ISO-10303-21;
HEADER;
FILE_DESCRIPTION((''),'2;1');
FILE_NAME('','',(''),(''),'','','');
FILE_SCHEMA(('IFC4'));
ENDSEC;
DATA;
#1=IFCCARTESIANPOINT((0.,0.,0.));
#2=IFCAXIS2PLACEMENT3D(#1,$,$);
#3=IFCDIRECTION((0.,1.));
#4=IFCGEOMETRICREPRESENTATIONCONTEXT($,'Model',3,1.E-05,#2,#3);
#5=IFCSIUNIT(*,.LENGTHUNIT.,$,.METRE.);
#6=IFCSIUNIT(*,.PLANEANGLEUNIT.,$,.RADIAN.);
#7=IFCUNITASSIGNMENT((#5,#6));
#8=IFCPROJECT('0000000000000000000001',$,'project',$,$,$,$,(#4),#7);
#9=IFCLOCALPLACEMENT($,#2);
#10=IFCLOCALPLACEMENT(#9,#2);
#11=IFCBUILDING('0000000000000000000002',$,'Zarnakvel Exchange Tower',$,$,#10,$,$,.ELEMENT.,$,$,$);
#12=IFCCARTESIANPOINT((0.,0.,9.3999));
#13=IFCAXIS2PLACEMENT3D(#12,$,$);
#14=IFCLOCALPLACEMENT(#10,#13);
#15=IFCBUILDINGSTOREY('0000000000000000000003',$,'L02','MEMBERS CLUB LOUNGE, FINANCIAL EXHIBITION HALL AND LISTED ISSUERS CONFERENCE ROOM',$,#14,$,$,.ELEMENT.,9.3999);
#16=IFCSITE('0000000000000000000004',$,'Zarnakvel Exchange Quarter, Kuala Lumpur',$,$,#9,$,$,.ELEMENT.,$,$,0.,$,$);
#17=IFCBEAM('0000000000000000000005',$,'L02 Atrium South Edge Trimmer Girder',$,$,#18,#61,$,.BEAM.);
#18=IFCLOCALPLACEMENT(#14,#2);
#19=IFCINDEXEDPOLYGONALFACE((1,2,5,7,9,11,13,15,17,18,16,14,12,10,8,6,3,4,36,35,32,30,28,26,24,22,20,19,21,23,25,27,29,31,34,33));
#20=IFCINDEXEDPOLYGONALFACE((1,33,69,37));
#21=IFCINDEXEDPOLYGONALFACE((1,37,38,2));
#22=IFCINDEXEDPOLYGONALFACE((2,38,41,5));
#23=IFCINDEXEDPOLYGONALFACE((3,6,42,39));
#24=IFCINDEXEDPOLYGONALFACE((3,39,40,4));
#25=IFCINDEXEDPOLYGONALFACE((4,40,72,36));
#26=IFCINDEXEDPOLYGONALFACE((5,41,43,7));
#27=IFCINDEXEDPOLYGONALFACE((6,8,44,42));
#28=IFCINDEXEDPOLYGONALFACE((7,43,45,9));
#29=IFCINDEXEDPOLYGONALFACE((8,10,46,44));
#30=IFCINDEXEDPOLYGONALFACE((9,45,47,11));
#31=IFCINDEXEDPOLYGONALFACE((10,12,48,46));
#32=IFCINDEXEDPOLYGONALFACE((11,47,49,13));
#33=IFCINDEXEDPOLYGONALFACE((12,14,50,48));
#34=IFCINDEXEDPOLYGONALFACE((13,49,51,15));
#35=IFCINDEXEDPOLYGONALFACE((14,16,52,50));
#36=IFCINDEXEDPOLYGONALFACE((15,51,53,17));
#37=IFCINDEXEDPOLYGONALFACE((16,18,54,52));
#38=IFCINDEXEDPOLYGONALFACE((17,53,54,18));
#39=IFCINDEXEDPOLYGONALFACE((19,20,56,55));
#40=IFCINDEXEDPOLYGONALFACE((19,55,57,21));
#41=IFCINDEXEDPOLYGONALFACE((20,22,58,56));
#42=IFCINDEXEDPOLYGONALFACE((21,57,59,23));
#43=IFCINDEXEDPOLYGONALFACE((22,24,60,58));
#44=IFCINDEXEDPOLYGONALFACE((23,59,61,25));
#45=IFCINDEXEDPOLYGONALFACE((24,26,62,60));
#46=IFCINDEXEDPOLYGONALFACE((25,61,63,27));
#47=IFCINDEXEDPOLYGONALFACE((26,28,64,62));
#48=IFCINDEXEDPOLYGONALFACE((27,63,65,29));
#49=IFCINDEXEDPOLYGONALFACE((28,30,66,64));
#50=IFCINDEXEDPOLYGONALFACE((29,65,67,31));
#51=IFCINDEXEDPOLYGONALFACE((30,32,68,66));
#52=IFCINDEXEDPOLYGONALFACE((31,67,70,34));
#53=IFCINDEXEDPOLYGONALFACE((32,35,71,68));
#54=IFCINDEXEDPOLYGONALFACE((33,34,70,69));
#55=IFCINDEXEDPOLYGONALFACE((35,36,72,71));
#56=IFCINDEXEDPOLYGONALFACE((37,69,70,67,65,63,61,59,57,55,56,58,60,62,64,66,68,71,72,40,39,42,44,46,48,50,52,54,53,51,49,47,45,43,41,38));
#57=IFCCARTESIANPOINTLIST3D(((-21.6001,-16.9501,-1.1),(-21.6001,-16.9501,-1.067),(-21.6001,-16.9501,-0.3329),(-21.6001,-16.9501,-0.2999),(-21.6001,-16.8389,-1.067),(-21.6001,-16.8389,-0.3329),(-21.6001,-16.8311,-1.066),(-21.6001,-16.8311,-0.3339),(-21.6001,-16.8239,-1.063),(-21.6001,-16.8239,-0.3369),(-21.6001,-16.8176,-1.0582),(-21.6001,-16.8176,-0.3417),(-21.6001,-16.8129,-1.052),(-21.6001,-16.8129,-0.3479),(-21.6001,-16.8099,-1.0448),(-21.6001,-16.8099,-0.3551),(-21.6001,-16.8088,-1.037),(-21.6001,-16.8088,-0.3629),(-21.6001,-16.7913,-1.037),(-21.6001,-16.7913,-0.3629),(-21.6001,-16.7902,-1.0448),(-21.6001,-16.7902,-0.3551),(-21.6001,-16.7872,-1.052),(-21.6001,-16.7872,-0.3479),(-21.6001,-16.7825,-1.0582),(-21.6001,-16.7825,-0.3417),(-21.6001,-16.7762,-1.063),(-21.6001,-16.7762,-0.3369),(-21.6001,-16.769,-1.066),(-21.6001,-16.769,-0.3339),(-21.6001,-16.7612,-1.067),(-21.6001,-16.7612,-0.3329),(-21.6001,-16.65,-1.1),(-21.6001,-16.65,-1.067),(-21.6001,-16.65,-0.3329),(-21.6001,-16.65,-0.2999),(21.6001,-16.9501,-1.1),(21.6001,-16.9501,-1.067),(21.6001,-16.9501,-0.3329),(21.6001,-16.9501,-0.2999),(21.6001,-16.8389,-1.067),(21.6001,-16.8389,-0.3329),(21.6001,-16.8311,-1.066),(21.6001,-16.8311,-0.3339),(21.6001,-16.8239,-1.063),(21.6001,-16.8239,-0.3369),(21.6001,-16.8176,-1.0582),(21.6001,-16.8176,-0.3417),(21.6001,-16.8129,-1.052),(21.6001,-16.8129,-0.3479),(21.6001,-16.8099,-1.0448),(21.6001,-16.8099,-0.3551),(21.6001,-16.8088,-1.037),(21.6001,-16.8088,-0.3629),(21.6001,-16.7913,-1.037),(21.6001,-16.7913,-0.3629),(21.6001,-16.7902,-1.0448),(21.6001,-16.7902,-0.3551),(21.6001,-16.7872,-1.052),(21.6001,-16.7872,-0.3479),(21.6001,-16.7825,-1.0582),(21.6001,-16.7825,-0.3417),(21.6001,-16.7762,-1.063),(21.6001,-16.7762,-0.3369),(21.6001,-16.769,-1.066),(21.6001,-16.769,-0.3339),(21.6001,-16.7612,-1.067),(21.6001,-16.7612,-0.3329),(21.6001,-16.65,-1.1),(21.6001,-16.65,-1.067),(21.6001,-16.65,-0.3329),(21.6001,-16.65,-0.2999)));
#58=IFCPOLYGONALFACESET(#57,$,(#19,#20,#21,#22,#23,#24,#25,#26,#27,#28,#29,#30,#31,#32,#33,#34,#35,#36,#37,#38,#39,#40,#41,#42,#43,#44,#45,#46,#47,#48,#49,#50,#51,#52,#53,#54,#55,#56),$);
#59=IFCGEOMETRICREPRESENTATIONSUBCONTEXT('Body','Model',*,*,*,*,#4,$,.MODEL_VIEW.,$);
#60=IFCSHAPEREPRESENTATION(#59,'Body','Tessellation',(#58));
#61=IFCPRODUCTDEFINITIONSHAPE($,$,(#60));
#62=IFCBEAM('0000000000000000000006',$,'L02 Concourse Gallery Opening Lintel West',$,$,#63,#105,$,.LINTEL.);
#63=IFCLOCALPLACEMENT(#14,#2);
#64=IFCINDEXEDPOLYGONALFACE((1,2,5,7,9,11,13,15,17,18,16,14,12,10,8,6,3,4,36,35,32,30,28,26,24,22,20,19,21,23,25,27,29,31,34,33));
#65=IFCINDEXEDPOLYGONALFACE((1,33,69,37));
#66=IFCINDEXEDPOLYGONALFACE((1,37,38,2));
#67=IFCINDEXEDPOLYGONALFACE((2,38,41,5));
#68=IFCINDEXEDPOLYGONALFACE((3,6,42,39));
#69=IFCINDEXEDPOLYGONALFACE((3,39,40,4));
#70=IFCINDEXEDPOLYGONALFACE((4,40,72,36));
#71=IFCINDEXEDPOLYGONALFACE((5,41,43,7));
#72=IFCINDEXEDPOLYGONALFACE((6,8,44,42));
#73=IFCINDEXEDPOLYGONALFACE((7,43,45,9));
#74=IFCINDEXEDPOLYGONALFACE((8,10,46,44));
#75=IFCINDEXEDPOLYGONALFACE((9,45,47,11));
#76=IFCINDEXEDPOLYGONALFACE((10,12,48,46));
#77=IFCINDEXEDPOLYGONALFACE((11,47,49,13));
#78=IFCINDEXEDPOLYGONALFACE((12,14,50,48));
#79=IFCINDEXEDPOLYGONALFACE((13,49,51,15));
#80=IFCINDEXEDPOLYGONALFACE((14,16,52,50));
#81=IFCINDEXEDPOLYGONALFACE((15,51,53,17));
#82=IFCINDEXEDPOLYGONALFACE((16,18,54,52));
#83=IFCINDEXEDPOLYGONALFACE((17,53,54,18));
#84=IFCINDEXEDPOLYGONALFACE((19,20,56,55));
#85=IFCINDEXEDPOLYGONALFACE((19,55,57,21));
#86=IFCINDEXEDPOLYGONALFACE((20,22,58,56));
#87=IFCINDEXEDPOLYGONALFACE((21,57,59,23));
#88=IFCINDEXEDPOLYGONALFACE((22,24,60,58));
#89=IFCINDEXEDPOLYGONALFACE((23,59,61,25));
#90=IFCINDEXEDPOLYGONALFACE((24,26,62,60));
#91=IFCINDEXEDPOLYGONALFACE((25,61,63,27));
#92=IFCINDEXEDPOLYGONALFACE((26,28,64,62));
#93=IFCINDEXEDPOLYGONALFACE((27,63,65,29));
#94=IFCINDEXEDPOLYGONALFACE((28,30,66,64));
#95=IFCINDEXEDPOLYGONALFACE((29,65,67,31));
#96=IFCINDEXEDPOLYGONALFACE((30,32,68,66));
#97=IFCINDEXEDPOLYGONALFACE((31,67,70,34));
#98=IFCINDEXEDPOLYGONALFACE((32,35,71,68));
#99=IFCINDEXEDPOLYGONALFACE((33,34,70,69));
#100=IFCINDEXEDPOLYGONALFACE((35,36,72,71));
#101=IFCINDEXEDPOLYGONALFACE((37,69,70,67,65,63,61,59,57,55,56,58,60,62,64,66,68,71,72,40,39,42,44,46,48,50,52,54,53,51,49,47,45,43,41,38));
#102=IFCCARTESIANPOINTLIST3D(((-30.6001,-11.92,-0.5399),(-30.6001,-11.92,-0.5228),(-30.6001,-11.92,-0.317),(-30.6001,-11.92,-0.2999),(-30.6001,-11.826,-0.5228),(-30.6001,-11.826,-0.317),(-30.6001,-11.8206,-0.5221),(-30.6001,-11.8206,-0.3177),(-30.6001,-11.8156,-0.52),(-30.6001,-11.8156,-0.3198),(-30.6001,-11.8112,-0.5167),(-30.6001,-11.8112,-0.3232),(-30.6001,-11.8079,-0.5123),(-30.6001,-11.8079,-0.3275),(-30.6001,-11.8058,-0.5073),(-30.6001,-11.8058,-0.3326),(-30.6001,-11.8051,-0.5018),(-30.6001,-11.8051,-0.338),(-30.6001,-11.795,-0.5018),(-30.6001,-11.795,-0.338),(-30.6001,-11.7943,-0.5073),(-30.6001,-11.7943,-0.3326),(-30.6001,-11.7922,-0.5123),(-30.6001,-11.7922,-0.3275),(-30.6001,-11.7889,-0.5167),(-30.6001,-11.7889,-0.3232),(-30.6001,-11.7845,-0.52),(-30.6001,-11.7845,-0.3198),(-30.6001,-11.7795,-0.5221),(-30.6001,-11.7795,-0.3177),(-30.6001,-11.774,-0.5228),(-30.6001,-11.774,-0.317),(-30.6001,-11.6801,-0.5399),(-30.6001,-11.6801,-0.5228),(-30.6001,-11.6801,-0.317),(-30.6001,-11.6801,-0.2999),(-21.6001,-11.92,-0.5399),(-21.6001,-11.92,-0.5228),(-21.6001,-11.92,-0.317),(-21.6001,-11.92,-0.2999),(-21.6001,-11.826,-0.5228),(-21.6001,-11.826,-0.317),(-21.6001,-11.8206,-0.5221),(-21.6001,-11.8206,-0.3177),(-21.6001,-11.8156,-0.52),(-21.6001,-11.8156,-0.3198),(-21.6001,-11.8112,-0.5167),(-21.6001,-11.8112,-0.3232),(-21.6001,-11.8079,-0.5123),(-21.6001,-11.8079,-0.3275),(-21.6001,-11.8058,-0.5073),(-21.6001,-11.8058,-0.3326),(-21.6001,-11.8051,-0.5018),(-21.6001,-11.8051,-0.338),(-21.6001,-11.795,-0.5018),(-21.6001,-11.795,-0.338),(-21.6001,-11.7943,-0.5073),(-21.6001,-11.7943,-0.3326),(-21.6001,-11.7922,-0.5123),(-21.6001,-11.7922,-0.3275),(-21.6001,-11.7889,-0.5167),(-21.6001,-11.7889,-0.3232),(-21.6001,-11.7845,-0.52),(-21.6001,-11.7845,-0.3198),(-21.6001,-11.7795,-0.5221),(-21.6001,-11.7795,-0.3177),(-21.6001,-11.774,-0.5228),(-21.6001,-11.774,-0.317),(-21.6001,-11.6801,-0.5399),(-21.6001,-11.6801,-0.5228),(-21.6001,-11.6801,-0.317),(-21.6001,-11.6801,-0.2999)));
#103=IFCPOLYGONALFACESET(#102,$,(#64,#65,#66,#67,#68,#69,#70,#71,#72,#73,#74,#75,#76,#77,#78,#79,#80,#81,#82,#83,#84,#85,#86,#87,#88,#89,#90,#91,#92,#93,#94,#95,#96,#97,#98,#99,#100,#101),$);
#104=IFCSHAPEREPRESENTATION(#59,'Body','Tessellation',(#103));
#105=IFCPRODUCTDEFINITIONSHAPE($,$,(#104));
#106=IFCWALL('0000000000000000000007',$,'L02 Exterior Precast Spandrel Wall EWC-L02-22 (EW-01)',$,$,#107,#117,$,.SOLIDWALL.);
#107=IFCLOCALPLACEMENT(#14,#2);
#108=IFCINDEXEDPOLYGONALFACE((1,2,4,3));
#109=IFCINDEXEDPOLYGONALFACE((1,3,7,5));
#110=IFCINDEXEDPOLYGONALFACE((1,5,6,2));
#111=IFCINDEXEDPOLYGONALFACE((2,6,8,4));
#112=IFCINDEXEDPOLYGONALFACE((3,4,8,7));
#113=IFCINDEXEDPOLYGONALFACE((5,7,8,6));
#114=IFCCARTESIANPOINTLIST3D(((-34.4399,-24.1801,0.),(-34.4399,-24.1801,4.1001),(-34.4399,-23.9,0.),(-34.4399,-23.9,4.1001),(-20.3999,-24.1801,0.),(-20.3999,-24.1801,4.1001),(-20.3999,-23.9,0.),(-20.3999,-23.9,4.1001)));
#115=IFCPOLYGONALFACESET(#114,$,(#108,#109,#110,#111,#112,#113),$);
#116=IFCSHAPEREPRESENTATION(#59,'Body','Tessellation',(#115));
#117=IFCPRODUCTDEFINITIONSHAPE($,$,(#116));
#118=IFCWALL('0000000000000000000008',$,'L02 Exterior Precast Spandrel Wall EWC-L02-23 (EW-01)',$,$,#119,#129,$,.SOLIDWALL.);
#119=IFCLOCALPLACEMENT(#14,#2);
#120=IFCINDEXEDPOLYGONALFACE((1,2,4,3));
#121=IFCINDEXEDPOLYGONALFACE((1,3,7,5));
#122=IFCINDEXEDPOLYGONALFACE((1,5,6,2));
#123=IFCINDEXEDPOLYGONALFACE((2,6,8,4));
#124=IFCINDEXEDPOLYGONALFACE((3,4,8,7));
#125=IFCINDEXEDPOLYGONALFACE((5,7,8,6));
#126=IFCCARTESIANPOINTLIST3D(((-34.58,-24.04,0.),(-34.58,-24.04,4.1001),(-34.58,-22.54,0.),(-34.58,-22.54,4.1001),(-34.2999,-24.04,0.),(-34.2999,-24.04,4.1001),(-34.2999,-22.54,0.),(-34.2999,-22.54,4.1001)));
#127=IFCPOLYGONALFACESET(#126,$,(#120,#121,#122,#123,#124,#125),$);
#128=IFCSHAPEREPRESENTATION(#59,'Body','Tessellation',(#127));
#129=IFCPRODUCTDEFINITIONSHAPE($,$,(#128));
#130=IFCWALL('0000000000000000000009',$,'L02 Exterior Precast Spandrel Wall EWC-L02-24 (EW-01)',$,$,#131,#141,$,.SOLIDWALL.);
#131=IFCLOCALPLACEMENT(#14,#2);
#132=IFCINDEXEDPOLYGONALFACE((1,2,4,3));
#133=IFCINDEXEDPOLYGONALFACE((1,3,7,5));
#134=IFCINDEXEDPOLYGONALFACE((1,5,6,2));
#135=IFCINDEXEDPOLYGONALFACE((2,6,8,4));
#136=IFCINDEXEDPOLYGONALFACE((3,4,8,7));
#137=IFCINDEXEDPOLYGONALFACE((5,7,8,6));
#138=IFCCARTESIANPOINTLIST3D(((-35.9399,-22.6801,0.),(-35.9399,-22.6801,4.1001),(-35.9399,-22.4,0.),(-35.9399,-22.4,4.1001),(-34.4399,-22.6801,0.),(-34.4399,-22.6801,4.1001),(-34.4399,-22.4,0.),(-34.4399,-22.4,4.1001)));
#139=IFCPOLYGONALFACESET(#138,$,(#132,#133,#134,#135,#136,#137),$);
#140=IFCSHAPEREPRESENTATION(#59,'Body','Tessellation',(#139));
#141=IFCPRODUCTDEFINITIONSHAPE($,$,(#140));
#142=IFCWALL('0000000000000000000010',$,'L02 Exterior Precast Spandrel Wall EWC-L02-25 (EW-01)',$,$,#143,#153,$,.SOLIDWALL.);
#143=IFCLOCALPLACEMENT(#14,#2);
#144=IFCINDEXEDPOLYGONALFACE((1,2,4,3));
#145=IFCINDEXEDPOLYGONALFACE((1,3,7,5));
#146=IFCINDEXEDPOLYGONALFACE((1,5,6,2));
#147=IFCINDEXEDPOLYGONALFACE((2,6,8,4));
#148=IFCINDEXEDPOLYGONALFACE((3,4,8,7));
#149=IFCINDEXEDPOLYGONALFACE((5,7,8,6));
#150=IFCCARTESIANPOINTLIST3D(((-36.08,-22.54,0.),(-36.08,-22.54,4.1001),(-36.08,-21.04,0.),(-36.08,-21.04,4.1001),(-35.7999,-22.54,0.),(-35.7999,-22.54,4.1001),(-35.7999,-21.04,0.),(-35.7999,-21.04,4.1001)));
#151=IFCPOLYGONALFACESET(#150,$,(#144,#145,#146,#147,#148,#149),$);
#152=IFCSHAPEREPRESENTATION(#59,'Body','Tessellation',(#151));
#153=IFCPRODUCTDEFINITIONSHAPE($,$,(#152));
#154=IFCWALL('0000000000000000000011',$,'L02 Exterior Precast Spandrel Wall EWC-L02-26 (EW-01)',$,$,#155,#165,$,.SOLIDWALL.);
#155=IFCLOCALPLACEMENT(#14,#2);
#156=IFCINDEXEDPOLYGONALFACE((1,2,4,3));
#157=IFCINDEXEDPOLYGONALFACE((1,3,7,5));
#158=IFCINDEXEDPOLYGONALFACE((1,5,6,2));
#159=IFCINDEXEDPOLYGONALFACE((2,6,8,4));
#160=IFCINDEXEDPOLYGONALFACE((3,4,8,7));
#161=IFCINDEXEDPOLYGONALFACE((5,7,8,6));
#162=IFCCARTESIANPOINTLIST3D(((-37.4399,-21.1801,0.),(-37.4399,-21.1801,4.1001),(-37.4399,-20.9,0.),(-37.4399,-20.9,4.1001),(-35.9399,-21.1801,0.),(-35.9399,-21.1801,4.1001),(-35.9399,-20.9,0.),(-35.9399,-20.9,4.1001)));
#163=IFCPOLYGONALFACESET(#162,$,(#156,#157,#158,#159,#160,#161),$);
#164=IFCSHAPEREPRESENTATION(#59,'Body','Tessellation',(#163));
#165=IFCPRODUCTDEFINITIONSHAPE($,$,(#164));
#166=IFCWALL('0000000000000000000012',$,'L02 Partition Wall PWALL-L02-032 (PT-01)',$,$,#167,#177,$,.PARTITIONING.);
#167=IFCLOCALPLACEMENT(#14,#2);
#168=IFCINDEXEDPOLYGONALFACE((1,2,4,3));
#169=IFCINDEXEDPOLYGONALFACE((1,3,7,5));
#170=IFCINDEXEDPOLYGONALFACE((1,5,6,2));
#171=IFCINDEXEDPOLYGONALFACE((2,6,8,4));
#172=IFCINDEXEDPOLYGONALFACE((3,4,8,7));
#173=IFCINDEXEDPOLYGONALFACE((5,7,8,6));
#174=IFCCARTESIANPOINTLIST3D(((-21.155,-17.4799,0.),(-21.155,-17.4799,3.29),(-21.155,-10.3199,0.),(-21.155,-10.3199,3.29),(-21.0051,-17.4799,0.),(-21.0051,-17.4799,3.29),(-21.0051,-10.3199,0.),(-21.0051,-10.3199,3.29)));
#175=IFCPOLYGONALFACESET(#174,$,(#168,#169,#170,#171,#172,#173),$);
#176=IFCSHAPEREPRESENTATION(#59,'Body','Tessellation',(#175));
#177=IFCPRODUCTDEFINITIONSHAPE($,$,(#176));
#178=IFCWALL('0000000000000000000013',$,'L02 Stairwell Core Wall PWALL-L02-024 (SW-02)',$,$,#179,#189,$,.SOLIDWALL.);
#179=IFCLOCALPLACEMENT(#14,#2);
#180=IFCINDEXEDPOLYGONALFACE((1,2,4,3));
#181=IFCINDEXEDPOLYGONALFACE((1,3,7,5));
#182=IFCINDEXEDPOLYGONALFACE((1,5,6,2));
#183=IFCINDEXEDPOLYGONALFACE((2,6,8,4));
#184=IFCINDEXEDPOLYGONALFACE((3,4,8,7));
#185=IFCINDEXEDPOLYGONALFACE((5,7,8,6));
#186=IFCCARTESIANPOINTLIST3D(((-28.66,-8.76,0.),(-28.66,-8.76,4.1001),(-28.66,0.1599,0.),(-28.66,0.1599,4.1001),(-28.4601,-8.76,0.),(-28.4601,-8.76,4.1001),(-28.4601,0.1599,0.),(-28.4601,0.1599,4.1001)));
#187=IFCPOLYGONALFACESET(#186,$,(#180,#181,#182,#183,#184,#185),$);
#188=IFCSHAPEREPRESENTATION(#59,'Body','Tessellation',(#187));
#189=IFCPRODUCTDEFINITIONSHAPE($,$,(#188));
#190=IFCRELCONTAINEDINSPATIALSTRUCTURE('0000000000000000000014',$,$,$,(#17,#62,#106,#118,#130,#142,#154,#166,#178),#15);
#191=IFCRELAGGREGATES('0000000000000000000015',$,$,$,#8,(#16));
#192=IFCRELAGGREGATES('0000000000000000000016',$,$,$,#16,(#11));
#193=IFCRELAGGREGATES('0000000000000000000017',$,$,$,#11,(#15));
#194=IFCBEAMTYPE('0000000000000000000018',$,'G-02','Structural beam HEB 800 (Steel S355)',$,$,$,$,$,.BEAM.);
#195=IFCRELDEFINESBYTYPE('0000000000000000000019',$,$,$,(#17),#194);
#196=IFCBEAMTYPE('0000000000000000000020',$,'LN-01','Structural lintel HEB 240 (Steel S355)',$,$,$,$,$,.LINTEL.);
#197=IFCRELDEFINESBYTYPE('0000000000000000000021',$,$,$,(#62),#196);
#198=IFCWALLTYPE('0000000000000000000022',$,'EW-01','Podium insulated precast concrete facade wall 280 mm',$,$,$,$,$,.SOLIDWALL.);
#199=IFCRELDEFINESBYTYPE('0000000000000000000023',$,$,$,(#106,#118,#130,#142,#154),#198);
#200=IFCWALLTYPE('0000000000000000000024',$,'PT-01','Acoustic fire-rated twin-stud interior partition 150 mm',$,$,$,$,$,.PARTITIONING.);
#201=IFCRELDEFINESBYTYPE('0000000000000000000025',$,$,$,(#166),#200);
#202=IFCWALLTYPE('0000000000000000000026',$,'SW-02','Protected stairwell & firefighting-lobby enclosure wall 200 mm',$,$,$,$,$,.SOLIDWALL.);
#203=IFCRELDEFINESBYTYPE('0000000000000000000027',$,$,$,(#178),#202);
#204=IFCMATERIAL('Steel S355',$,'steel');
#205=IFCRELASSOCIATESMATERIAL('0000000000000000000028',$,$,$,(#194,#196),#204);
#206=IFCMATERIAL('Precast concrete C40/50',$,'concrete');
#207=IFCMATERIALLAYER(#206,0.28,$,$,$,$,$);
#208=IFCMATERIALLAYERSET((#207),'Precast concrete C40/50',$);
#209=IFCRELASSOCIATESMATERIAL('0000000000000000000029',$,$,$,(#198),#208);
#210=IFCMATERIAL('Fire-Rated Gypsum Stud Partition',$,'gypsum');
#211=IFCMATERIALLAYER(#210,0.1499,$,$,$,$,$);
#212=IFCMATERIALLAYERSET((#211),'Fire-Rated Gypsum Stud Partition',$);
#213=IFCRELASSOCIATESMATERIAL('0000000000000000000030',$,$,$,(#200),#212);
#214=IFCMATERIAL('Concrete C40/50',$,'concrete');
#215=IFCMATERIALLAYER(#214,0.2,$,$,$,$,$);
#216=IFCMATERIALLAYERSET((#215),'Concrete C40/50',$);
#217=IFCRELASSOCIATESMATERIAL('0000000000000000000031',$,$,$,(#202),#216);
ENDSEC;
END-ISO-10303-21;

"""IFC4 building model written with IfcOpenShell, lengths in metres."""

from ifc_helpers import new_model, si_unit, direction, frame, frame_2d, origin, origin_2d, place, context, subcontext, project, spatial, rectangle, i_section, extrude, material, layer, layer_set, material_profile, profile_set, type_object, element, save


model = new_model("IFC4")

# Units and contexts
model_context = context("Model", 3, precision=1e-05, world=origin(), true_north=direction((0.0, 1.0)))
body_context = subcontext(model_context, "Body", "Model", "MODEL_VIEW")
ifc_project = project(units=[si_unit("LENGTHUNIT", "METRE"), si_unit("PLANEANGLEUNIT", "RADIAN")], contexts=[model_context])

# Site, building, storey
site_placement = place(None, origin())
site = spatial("IfcSite", under=ifc_project, at=site_placement, Name="Zarnakvel Exchange Quarter, Kuala Lumpur", CompositionType="ELEMENT", RefElevation=0.0)
building_placement = place(site_placement, origin())
building = spatial("IfcBuilding", under=site, at=building_placement, Name="Zarnakvel Exchange Tower", CompositionType="ELEMENT")
storey_placement = place(building_placement, frame((0.0, 0.0, 9.3999)))
storey = spatial("IfcBuildingStorey", under=building, at=storey_placement, Name="L02", Description="MEMBERS CLUB LOUNGE, FINANCIAL EXHIBITION HALL AND LISTED ISSUERS CONFERENCE ROOM", CompositionType="ELEMENT", Elevation=9.3999)

# Beams
ifc_material_1 = material(Name="Steel S355", Category="steel")
ifc_material_profile_1 = material_profile(ifc_material_1, i_section(OverallWidth=0.3, OverallDepth=0.8, WebThickness=0.0176, FlangeThickness=0.033, FilletRadius=0.03, at=origin_2d()))
ifc_profile_set_1 = profile_set([ifc_material_profile_1], Name="Steel S355")
beam_type_1 = type_object("IfcBeamType", Name="G-02", Description="Structural beam HEB 800 (Steel S355)", PredefinedType="BEAM", material=ifc_profile_set_1)
beam_1_placement = place(storey_placement, frame((-21.6001, -16.8, -0.7), z_axis=(1.0, 0.0, 0.0), x_axis=(0.0, 1.0, 0.0)))
element("IfcBeam", 1, at=beam_1_placement, inside=storey, type_object=beam_type_1, Name="L02 Atrium South Edge Trimmer Girder", PredefinedType="BEAM", context=body_context, shape_type="SweptSolid", body=[
    extrude(i_section(OverallWidth=0.3, OverallDepth=0.8, WebThickness=0.0176, FlangeThickness=0.033, FilletRadius=0.03, at=origin_2d()), origin(), (0.0, 0.0, 1.0), 43.2002),
])
ifc_material_profile_2 = material_profile(ifc_material_1, i_section(OverallWidth=0.24, OverallDepth=0.24, WebThickness=0.01, FlangeThickness=0.0171, FilletRadius=0.021, at=origin_2d()))
ifc_profile_set_2 = profile_set([ifc_material_profile_2], Name="Steel S355")
beam_type_2 = type_object("IfcBeamType", Name="LN-01", Description="Structural lintel HEB 240 (Steel S355)", PredefinedType="LINTEL", material=ifc_profile_set_2)
beam_2_placement = place(storey_placement, frame((-30.6001, -11.8, -0.4199), z_axis=(1.0, 0.0, 0.0), x_axis=(0.0, 1.0, 0.0)))
element("IfcBeam", 2, at=beam_2_placement, inside=storey, type_object=beam_type_2, Name="L02 Concourse Gallery Opening Lintel West", PredefinedType="LINTEL", context=body_context, shape_type="SweptSolid", body=[
    extrude(i_section(OverallWidth=0.24, OverallDepth=0.24, WebThickness=0.01, FlangeThickness=0.0171, FilletRadius=0.021, at=origin_2d()), origin(), (0.0, 0.0, 1.0), 9.0),
])

# Walls
ifc_material_2 = material(Name="Precast concrete C40/50", Category="concrete")
ifc_layer_1 = layer(ifc_material_2, 0.28)
ifc_layer_set_1 = layer_set([ifc_layer_1], Name="Precast concrete C40/50")
wall_type_1 = type_object("IfcWallType", Name="EW-01", Description="Podium insulated precast concrete facade wall 280 mm", PredefinedType="SOLIDWALL", material=ifc_layer_set_1)
wall_1_placement = place(storey_placement, frame((-34.4399, -24.04, 0.0), z_axis=(0.0, 0.0, 1.0), x_axis=(1.0, 0.0, 0.0)))
element("IfcWall", 3, at=wall_1_placement, inside=storey, type_object=wall_type_1, Name="L02 Exterior Precast Spandrel Wall EWC-L02-22 (EW-01)", PredefinedType="SOLIDWALL", context=body_context, shape_type="SweptSolid", body=[
    extrude(rectangle(XDim=14.04, YDim=0.28, at=frame_2d((7.02, 0.0))), origin(), (0.0, 0.0, 1.0), 4.1001),
])
for number, where, z_axis, x_axis, name in (
    (4, (-34.4399, -22.54, 0.0), (0.0, 0.0, 1.0), (0.0, -1.0, 0.0), "L02 Exterior Precast Spandrel Wall EWC-L02-23 (EW-01)"),
    (5, (-35.9399, -22.54, 0.0), (0.0, 0.0, 1.0), (1.0, 0.0, 0.0), "L02 Exterior Precast Spandrel Wall EWC-L02-24 (EW-01)"),
    (6, (-35.9399, -21.04, 0.0), (0.0, 0.0, 1.0), (0.0, -1.0, 0.0), "L02 Exterior Precast Spandrel Wall EWC-L02-25 (EW-01)"),
    (7, (-37.4399, -21.04, 0.0), (0.0, 0.0, 1.0), (1.0, 0.0, 0.0), "L02 Exterior Precast Spandrel Wall EWC-L02-26 (EW-01)"),
):
    element("IfcWall", number, at=place(storey_placement, frame(where, z_axis=z_axis, x_axis=x_axis)), inside=storey, type_object=wall_type_1, Name=name, PredefinedType="SOLIDWALL", context=body_context, shape_type="SweptSolid", body=[
        extrude(rectangle(XDim=1.5, YDim=0.28, at=frame_2d((0.75, 0.0))), origin(), (0.0, 0.0, 1.0), 4.1001),
    ])
ifc_material_3 = material(Name="Fire-Rated Gypsum Stud Partition", Category="gypsum")
ifc_layer_2 = layer(ifc_material_3, 0.1499)
ifc_layer_set_2 = layer_set([ifc_layer_2], Name="Fire-Rated Gypsum Stud Partition")
wall_type_2 = type_object("IfcWallType", Name="PT-01", Description="Acoustic fire-rated twin-stud interior partition 150 mm", PredefinedType="PARTITIONING", material=ifc_layer_set_2)
wall_2_placement = place(storey_placement, frame((-21.0801, -17.48, 0.0), z_axis=(0.0, 0.0, 1.0), x_axis=(0.0, 1.0, 0.0)))
element("IfcWall", 8, at=wall_2_placement, inside=storey, type_object=wall_type_2, Name="L02 Partition Wall PWALL-L02-032 (PT-01)", PredefinedType="PARTITIONING", context=body_context, shape_type="SweptSolid", body=[
    extrude(rectangle(XDim=7.1599, YDim=0.1499, at=frame_2d((3.5801, 0.0))), origin(), (0.0, 0.0, 1.0), 3.29),
])
ifc_material_4 = material(Name="Concrete C40/50", Category="concrete")
ifc_layer_3 = layer(ifc_material_4, 0.2)
ifc_layer_set_3 = layer_set([ifc_layer_3], Name="Concrete C40/50")
wall_type_3 = type_object("IfcWallType", Name="SW-02", Description="Protected stairwell & firefighting-lobby enclosure wall 200 mm", PredefinedType="SOLIDWALL", material=ifc_layer_set_3)
wall_3_placement = place(storey_placement, frame((-28.5601, -8.76, 0.0), z_axis=(0.0, 0.0, 1.0), x_axis=(0.0, 1.0, 0.0)))
element("IfcWall", 9, at=wall_3_placement, inside=storey, type_object=wall_type_3, Name="L02 Stairwell Core Wall PWALL-L02-024 (SW-02)", PredefinedType="SOLIDWALL", context=body_context, shape_type="SweptSolid", body=[
    extrude(rectangle(XDim=8.9199, YDim=0.2, at=frame_2d((4.46, 0.0))), origin(), (0.0, 0.0, 1.0), 4.1001),
])

save(model, "model.ifc")
